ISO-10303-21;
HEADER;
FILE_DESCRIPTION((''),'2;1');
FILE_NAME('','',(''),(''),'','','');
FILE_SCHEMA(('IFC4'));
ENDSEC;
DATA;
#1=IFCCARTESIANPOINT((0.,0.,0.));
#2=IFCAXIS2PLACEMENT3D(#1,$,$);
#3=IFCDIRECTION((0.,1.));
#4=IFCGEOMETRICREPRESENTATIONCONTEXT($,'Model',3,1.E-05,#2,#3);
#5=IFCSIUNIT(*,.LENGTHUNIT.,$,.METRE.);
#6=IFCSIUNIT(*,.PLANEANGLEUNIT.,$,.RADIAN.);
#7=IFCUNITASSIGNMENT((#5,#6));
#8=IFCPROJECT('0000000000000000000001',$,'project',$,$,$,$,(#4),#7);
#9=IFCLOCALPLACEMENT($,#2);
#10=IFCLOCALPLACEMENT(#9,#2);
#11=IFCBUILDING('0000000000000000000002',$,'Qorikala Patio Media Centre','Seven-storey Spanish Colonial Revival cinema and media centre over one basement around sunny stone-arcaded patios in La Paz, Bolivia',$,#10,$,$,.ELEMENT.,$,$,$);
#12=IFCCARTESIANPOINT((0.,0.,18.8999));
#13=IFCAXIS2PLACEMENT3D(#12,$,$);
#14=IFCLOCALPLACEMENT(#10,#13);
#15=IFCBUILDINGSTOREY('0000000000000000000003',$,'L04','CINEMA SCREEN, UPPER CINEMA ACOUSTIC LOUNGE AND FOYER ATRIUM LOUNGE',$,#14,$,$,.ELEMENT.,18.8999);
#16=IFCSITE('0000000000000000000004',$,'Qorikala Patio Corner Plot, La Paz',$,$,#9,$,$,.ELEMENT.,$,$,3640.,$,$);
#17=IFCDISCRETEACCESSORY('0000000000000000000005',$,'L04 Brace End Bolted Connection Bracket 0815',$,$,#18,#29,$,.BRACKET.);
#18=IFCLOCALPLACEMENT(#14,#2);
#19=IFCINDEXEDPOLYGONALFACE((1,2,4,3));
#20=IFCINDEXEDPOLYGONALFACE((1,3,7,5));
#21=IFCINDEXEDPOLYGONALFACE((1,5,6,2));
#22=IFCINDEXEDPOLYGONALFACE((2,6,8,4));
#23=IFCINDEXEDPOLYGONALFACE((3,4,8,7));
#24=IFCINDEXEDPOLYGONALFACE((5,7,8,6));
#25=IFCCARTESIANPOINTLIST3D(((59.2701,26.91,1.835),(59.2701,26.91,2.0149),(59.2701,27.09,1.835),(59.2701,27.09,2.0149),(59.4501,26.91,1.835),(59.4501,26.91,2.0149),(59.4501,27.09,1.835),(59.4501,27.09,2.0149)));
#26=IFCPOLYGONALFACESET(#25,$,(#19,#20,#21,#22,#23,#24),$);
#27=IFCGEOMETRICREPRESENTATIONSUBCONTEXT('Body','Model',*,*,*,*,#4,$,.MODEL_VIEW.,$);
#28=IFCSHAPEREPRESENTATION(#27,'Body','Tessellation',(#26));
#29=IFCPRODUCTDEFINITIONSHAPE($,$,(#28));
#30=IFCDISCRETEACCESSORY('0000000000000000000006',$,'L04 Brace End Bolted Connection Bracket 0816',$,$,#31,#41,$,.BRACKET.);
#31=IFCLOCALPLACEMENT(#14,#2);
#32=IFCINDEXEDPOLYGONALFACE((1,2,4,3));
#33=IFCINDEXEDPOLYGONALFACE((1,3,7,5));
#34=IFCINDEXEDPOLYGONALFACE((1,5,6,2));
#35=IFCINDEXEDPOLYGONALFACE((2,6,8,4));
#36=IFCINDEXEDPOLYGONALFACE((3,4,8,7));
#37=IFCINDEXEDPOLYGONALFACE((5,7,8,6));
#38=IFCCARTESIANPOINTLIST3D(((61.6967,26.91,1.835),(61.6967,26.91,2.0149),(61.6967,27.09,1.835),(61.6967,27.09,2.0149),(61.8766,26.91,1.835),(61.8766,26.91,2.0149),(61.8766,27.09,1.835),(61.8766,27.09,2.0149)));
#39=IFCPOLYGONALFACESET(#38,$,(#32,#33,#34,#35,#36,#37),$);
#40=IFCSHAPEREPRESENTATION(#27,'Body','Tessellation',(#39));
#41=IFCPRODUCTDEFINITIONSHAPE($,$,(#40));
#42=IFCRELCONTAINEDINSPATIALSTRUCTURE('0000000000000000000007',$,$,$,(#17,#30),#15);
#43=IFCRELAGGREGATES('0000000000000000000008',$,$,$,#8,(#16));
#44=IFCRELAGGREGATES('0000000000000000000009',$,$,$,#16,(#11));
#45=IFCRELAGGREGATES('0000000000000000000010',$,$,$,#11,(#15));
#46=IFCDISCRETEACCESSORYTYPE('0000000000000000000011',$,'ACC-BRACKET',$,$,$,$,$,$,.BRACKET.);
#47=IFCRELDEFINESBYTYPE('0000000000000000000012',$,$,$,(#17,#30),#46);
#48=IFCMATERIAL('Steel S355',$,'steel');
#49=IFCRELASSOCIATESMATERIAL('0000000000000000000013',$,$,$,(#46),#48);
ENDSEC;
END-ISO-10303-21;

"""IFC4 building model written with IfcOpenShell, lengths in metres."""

from ifc_helpers import new_model, si_unit, direction, frame, origin, origin_2d, place, context, subcontext, project, spatial, rectangle, extrude, material, type_object, element, save


model = new_model("IFC4")

# Units and contexts
model_context = context("Model", 3, precision=1e-05, world=origin(), true_north=direction((0.0, 1.0)))
body_context = subcontext(model_context, "Body", "Model", "MODEL_VIEW")
ifc_project = project(units=[si_unit("LENGTHUNIT", "METRE"), si_unit("PLANEANGLEUNIT", "RADIAN")], contexts=[model_context])

# Site, building, storey
site_placement = place(None, origin())
site = spatial("IfcSite", under=ifc_project, at=site_placement, Name="Qorikala Patio Corner Plot, La Paz", CompositionType="ELEMENT", RefElevation=3640.0)
building_placement = place(site_placement, origin())
building = spatial("IfcBuilding", under=site, at=building_placement, Name="Qorikala Patio Media Centre", Description="Seven-storey Spanish Colonial Revival cinema and media centre over one basement around sunny stone-arcaded patios in La Paz, Bolivia", CompositionType="ELEMENT")
storey_placement = place(building_placement, frame((0.0, 0.0, 18.8999)))
storey = spatial("IfcBuildingStorey", under=building, at=storey_placement, Name="L04", Description="CINEMA SCREEN, UPPER CINEMA ACOUSTIC LOUNGE AND FOYER ATRIUM LOUNGE", CompositionType="ELEMENT", Elevation=18.8999)

# Discrete accessories
ifc_material_1 = material(Name="Steel S355", Category="steel")
discrete_accessory_type = type_object("IfcDiscreteAccessoryType", Name="ACC-BRACKET", PredefinedType="BRACKET", material=ifc_material_1)
for number, where, z_axis, x_axis, name in (
    (1, (59.3601, 27.0, 1.835), (0.0, 0.0, 1.0), (1.0, 0.0, 0.0), "L04 Brace End Bolted Connection Bracket 0815"),
    (2, (61.7866, 27.0, 1.835), (0.0, 0.0, 1.0), (1.0, 0.0, 0.0), "L04 Brace End Bolted Connection Bracket 0816"),
):
    element("IfcDiscreteAccessory", number, at=place(storey_placement, frame(where, z_axis=z_axis, x_axis=x_axis)), inside=storey, type_object=discrete_accessory_type, Name=name, PredefinedType="BRACKET", context=body_context, shape_type="SweptSolid", body=[
        extrude(rectangle(XDim=0.1799, YDim=0.1799, at=origin_2d()), origin(), (0.0, 0.0, 1.0), 0.1799),
    ])

save(model, "model.ifc")
